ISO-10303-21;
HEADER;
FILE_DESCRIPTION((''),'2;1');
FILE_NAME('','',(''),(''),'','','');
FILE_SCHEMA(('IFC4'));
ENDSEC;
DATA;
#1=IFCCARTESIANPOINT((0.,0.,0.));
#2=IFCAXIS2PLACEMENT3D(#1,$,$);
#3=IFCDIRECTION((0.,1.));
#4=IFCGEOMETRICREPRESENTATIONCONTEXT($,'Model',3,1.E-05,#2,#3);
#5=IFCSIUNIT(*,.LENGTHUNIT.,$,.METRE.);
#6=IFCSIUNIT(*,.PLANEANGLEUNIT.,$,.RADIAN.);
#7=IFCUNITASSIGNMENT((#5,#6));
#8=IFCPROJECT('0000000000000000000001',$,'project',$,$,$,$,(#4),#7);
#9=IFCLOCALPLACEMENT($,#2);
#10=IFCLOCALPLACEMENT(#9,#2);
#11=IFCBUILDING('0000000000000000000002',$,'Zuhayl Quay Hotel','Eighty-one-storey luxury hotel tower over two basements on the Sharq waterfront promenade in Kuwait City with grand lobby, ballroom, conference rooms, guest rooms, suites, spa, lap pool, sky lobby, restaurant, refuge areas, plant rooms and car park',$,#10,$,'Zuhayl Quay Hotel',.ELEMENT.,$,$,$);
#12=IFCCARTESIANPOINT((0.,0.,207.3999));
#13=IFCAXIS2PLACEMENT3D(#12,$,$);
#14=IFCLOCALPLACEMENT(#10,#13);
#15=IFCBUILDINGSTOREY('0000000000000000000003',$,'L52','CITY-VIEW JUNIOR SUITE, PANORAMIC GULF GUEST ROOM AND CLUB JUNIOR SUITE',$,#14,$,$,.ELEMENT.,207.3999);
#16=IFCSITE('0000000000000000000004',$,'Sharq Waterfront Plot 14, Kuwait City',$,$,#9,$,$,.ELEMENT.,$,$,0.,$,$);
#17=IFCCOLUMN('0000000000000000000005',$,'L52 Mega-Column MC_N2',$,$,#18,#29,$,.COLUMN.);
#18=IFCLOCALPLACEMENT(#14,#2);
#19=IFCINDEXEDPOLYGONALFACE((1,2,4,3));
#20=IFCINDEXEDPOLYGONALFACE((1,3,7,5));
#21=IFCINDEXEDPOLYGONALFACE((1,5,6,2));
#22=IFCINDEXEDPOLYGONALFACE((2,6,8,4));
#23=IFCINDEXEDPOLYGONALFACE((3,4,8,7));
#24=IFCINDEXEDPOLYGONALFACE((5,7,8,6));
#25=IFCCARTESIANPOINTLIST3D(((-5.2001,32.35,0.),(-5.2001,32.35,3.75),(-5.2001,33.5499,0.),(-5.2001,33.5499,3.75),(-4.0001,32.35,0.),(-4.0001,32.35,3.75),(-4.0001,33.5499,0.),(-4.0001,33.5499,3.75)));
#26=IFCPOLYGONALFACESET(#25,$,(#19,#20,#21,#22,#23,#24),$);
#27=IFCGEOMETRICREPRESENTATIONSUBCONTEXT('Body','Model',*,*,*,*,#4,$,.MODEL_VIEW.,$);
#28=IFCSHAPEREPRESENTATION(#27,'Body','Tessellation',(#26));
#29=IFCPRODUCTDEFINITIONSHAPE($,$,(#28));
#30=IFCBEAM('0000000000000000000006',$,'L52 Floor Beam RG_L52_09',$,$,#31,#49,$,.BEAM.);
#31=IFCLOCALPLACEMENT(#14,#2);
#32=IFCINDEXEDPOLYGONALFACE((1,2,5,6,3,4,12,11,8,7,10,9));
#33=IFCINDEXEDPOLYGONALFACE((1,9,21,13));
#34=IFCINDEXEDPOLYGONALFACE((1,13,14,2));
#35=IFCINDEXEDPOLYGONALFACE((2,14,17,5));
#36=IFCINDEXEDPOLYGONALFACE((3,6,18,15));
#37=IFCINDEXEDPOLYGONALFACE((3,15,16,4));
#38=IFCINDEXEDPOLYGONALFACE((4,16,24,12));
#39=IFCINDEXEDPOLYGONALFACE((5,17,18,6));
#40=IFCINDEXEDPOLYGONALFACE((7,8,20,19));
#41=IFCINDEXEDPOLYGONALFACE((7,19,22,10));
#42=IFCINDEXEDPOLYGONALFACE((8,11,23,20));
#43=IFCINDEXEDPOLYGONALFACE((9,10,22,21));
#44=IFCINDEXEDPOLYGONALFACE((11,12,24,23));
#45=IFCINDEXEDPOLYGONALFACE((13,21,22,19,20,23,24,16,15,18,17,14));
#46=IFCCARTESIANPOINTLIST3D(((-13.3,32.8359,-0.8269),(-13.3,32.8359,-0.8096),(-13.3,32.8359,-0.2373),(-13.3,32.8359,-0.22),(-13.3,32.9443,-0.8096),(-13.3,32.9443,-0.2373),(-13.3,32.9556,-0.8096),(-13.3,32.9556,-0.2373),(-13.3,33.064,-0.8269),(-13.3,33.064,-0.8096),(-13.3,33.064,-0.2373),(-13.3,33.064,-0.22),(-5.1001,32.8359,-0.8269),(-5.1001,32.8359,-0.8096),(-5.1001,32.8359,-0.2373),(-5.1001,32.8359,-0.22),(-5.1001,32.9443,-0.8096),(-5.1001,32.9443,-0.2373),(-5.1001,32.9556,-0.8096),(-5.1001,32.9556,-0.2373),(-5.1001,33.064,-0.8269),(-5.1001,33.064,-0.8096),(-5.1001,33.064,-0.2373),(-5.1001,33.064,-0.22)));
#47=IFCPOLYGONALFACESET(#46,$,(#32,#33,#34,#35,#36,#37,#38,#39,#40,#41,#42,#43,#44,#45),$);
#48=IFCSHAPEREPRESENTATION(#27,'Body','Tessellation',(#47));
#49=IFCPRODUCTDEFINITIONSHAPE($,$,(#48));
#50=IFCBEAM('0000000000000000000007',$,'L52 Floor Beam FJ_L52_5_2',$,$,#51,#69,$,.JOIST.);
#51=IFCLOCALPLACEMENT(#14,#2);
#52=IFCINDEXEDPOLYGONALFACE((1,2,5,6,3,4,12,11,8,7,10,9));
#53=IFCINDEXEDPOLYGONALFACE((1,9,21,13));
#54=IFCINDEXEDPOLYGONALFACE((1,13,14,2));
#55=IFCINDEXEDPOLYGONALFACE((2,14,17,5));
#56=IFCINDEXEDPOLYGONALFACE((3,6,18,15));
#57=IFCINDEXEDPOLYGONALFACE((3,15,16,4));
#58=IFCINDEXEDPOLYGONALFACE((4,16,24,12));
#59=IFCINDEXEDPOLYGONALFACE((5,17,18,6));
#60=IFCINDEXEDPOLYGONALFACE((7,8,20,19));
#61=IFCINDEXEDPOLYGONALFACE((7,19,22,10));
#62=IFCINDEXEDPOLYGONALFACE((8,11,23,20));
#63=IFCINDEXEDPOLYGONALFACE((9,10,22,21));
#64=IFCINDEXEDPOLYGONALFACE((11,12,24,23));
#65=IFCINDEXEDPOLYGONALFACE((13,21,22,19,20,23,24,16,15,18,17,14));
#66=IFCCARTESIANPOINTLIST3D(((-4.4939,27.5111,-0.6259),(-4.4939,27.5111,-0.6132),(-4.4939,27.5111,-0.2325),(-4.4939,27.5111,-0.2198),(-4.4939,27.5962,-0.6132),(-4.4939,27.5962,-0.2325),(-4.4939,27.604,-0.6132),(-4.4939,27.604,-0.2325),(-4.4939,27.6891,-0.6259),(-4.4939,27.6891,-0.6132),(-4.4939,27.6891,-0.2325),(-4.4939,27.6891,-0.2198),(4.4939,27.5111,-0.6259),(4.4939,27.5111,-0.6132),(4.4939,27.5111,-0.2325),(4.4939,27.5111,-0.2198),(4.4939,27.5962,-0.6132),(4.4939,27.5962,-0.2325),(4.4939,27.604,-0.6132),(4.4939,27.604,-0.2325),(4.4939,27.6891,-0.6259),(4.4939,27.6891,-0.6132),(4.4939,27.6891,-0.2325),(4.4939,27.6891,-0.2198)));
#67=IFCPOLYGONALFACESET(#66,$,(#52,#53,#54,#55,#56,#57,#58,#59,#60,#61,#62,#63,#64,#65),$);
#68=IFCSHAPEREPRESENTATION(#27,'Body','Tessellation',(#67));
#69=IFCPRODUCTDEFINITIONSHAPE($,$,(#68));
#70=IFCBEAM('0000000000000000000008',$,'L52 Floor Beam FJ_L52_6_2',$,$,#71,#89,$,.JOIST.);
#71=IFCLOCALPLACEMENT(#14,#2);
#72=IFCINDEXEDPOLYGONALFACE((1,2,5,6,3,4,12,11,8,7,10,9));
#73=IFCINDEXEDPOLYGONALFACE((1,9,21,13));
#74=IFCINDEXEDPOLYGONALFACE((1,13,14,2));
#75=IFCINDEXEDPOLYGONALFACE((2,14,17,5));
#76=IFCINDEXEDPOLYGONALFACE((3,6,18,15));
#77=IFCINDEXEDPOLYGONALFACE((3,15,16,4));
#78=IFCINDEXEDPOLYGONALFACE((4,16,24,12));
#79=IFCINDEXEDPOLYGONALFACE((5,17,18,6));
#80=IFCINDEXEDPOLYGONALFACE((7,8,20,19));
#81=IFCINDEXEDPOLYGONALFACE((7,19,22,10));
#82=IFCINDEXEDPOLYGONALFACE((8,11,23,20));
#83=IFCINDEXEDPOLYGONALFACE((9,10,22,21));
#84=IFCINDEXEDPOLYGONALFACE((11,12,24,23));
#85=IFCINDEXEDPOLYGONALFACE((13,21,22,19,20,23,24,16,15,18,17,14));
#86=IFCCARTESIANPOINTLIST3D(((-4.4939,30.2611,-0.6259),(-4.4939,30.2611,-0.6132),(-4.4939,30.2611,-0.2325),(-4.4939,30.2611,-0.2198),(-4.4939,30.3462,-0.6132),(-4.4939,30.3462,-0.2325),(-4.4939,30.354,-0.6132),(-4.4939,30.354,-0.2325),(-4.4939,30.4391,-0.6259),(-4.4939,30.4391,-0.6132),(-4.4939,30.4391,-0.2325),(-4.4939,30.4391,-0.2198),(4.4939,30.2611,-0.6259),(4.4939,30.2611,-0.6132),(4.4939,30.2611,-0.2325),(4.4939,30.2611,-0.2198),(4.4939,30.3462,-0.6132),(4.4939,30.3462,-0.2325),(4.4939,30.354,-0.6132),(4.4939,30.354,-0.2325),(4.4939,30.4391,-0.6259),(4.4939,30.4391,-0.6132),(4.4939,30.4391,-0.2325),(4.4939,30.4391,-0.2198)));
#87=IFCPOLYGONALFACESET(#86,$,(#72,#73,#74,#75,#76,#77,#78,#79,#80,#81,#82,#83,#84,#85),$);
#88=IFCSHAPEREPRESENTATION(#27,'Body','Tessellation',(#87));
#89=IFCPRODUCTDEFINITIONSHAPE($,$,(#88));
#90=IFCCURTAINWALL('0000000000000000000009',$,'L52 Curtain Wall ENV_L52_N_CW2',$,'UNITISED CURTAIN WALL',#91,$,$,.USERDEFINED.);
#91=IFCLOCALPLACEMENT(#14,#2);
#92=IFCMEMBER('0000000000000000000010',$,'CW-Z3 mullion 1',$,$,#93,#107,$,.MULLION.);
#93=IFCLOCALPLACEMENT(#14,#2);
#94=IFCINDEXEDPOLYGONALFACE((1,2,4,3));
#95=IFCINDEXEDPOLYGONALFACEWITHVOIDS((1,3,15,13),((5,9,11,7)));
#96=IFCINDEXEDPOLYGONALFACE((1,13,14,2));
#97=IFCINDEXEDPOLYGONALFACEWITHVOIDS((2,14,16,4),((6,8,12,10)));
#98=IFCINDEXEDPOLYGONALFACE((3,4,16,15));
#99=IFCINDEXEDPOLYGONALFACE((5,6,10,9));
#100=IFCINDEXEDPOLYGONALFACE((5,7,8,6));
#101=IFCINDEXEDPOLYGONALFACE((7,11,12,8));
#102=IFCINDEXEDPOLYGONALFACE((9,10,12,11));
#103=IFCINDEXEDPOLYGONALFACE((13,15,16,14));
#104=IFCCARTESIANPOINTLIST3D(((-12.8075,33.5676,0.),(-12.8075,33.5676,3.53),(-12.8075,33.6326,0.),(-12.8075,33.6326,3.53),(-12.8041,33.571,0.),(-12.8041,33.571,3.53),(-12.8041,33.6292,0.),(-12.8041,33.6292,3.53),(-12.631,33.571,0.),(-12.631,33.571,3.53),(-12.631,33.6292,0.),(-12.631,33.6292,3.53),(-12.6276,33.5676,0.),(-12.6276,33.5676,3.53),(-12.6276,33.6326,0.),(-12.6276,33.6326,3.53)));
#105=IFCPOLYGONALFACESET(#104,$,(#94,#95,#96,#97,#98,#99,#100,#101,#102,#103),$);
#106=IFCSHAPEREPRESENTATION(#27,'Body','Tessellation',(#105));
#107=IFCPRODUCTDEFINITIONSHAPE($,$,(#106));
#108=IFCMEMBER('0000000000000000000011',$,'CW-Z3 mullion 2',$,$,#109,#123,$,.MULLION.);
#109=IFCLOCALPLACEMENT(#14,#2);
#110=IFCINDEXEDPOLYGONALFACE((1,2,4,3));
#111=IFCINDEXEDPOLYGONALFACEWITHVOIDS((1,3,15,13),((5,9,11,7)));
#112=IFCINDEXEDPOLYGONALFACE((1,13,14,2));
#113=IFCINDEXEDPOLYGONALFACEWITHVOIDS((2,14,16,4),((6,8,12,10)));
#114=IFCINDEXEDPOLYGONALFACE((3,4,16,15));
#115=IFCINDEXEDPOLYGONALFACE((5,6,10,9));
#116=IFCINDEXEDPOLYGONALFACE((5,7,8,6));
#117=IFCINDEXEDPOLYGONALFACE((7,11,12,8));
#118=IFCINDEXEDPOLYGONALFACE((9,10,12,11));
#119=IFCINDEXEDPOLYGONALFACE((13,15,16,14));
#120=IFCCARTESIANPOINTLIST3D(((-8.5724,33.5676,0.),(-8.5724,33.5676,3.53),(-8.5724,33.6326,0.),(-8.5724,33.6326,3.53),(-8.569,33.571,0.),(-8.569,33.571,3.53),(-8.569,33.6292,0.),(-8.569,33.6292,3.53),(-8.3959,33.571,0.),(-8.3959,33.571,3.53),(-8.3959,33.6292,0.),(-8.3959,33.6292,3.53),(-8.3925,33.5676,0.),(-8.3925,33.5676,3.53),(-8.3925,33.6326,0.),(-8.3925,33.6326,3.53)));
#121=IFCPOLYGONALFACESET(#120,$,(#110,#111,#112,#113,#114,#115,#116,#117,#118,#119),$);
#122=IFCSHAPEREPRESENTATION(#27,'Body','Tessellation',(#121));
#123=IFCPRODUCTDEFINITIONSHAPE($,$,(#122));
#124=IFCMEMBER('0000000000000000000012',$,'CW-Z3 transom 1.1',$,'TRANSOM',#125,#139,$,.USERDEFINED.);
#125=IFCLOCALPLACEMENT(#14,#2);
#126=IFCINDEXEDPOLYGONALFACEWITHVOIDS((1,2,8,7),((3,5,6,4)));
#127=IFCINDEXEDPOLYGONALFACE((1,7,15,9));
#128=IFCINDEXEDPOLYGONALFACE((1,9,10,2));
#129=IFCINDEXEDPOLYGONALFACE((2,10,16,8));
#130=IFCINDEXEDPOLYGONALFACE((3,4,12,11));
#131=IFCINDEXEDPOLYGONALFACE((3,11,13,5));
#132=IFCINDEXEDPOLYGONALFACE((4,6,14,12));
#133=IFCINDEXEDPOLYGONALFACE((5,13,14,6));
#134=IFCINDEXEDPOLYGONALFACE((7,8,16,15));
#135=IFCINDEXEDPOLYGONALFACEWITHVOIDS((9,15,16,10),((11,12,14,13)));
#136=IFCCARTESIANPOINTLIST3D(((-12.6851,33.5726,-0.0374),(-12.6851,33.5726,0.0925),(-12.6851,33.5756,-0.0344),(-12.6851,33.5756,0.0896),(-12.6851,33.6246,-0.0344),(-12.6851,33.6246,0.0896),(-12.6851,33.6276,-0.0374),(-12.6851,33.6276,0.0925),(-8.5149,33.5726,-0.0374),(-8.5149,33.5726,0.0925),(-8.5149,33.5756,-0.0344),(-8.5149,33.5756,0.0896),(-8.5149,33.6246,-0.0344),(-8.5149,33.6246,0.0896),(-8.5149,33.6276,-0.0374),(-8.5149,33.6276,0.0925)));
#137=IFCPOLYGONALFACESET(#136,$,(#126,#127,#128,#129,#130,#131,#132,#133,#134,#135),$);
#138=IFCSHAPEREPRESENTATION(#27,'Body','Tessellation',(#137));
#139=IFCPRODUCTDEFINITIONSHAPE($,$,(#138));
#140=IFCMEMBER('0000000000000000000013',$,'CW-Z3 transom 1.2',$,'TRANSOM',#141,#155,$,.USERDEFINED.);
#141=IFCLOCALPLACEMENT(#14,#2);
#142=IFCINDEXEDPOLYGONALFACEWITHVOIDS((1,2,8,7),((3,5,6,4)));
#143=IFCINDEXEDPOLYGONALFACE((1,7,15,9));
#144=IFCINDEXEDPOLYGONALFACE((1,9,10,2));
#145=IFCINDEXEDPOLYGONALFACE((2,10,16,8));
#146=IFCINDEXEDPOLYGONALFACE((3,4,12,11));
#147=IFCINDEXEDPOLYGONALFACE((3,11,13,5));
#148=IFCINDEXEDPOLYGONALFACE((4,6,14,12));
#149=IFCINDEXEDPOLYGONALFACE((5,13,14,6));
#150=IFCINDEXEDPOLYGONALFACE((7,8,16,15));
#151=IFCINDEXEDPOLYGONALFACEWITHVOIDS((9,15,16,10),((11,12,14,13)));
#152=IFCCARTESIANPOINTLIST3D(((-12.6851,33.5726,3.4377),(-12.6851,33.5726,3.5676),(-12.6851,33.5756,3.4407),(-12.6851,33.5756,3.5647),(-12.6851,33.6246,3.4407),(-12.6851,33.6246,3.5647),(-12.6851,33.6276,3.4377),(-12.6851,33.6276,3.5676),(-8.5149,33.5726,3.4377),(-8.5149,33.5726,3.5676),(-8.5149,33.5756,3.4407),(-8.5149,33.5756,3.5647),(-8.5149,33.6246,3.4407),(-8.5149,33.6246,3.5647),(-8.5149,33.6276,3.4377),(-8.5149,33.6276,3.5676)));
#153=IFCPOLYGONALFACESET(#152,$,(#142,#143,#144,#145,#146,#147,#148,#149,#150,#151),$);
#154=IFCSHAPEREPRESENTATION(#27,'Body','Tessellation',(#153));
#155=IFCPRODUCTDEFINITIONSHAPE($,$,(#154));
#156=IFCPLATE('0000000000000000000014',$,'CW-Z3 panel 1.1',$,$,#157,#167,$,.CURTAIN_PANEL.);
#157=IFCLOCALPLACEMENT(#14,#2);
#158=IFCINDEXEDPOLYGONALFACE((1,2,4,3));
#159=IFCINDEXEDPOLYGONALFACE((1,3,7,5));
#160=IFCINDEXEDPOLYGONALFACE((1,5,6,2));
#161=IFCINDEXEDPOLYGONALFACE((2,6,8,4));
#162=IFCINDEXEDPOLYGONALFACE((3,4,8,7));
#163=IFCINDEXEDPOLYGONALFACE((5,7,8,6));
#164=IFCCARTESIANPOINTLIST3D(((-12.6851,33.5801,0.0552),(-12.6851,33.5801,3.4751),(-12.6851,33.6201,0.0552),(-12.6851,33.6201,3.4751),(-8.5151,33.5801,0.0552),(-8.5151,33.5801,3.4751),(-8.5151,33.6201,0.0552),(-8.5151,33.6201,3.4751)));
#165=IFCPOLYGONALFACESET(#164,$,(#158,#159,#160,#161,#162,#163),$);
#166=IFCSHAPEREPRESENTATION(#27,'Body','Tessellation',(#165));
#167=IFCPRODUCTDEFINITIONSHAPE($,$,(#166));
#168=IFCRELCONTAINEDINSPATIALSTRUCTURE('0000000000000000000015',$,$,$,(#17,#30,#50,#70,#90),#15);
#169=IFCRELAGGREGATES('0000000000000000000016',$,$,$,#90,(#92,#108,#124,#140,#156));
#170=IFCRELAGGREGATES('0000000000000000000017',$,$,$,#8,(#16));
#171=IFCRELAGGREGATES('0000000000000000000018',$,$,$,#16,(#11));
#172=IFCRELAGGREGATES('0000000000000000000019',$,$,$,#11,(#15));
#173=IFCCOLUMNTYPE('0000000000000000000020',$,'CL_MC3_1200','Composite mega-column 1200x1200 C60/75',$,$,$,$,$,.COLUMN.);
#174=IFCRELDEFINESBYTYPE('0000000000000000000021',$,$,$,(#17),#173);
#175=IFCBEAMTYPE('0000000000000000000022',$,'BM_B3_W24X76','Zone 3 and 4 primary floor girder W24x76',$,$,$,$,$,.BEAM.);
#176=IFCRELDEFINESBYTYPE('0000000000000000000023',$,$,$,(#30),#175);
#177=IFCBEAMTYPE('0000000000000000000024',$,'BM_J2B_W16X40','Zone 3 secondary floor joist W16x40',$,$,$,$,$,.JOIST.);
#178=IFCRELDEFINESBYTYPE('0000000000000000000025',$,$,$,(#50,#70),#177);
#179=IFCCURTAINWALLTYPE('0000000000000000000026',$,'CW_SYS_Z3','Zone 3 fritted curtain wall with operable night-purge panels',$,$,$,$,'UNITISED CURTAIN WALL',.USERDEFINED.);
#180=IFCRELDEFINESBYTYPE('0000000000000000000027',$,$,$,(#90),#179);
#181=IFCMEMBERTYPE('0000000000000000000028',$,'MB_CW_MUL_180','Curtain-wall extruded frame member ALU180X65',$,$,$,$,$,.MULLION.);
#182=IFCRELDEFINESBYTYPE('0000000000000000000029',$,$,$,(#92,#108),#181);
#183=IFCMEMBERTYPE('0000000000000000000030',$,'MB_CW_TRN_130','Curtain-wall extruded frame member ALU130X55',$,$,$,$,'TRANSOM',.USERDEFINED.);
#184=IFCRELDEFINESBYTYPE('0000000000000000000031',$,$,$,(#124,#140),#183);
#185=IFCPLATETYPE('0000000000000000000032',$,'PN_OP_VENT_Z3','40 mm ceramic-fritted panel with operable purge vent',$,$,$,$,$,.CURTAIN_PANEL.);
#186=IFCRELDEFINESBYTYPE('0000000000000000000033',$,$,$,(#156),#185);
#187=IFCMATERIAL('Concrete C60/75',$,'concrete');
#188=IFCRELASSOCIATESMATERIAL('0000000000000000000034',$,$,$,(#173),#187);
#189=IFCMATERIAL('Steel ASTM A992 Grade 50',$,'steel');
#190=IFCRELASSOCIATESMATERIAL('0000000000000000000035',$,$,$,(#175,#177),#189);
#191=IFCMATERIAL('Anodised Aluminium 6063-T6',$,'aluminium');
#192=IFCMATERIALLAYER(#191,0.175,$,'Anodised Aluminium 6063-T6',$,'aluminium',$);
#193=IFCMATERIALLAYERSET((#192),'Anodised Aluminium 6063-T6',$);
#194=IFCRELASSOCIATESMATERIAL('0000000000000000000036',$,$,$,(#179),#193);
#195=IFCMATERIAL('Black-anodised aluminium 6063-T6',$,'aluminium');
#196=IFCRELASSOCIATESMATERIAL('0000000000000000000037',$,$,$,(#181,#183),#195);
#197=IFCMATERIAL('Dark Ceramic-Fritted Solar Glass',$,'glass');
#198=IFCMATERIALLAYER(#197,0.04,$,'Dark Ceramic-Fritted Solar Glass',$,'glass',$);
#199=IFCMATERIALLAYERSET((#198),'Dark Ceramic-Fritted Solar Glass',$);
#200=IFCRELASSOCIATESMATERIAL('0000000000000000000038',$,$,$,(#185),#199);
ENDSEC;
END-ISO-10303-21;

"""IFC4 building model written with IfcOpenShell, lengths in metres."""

from ifc_helpers import new_model, si_unit, direction, frame, origin, origin_2d, place, context, subcontext, project, spatial, rectangle, hollow_rectangle, i_section, extrude, material, layer, layer_set, material_profile, profile_set, type_object, element, aggregate, save


model = new_model("IFC4")

# Units and contexts
model_context = context("Model", 3, precision=1e-05, world=origin(), true_north=direction((0.0, 1.0)))
body_context = subcontext(model_context, "Body", "Model", "MODEL_VIEW")
ifc_project = project(units=[si_unit("LENGTHUNIT", "METRE"), si_unit("PLANEANGLEUNIT", "RADIAN")], contexts=[model_context])

# Site, building, storey
site_placement = place(None, origin())
site = spatial("IfcSite", under=ifc_project, at=site_placement, Name="Sharq Waterfront Plot 14, Kuwait City", CompositionType="ELEMENT", RefElevation=0.0)
building_placement = place(site_placement, origin())
building = spatial("IfcBuilding", under=site, at=building_placement, Name="Zuhayl Quay Hotel", Description="Eighty-one-storey luxury hotel tower over two basements on the Sharq waterfront promenade in Kuwait City with grand lobby, ballroom, conference rooms, guest rooms, suites, spa, lap pool, sky lobby, restaurant, refuge areas, plant rooms and car park", LongName="Zuhayl Quay Hotel", CompositionType="ELEMENT")
storey_placement = place(building_placement, frame((0.0, 0.0, 207.3999)))
storey = spatial("IfcBuildingStorey", under=building, at=storey_placement, Name="L52", Description="CITY-VIEW JUNIOR SUITE, PANORAMIC GULF GUEST ROOM AND CLUB JUNIOR SUITE", CompositionType="ELEMENT", Elevation=207.3999)

# Column
ifc_material_1 = material(Name="Concrete C60/75", Category="concrete")
ifc_material_profile_1 = material_profile(ifc_material_1, rectangle(XDim=1.2, YDim=1.2, at=origin_2d()), Name="RC1200X1200")
ifc_profile_set_1 = profile_set([ifc_material_profile_1], Name="Concrete C60/75")
column_type = type_object("IfcColumnType", Name="CL_MC3_1200", Description="Composite mega-column 1200x1200 C60/75", PredefinedType="COLUMN", material=ifc_profile_set_1)
column_placement = place(storey_placement, frame((-4.6001, 32.95, 0.0), z_axis=(0.0, 0.0, 1.0), x_axis=(1.0, 0.0, 0.0)))
element("IfcColumn", 1, at=column_placement, inside=storey, type_object=column_type, Name="L52 Mega-Column MC_N2", PredefinedType="COLUMN", context=body_context, shape_type="SweptSolid", body=[
    extrude(rectangle(XDim=1.2, YDim=1.2, at=origin_2d()), origin(), (0.0, 0.0, 1.0), 3.75),
])

# Beams
ifc_material_2 = material(Name="Steel ASTM A992 Grade 50", Category="steel")
ifc_material_profile_2 = material_profile(ifc_material_2, i_section(OverallWidth=0.228, OverallDepth=0.6069, WebThickness=0.0112, FlangeThickness=0.0173, at=origin_2d()), Name="W24X76")
ifc_profile_set_2 = profile_set([ifc_material_profile_2], Name="Steel ASTM A992 Grade 50")
beam_type_1 = type_object("IfcBeamType", Name="BM_B3_W24X76", Description="Zone 3 and 4 primary floor girder W24x76", PredefinedType="BEAM", material=ifc_profile_set_2)
beam_placement = place(storey_placement, frame((-5.1001, 32.95, -0.5234), z_axis=(-1.0, 0.0, 0.0), x_axis=(0.0, -1.0, 0.0)))
element("IfcBeam", 2, at=beam_placement, inside=storey, type_object=beam_type_1, Name="L52 Floor Beam RG_L52_09", PredefinedType="BEAM", context=body_context, shape_type="SweptSolid", body=[
    extrude(i_section(OverallWidth=0.228, OverallDepth=0.6069, WebThickness=0.0112, FlangeThickness=0.0173, at=origin_2d()), origin(), (0.0, 0.0, 1.0), 8.2),
])
ifc_material_profile_3 = material_profile(ifc_material_2, i_section(OverallWidth=0.178, OverallDepth=0.406, WebThickness=0.0078, FlangeThickness=0.0127, at=origin_2d()), Name="W16X40")
ifc_profile_set_3 = profile_set([ifc_material_profile_3], Name="Steel ASTM A992 Grade 50")
beam_type_2 = type_object("IfcBeamType", Name="BM_J2B_W16X40", Description="Zone 3 secondary floor joist W16x40", PredefinedType="JOIST", material=ifc_profile_set_3)
for number, where, z_axis, x_axis, name in (
    (3, (-4.4939, 27.6001, -0.4229), (1.0, 0.0, 0.0), (0.0, 1.0, 0.0), "L52 Floor Beam FJ_L52_5_2"),
    (4, (-4.4939, 30.3501, -0.4229), (1.0, 0.0, 0.0), (0.0, 1.0, 0.0), "L52 Floor Beam FJ_L52_6_2"),
):
    element("IfcBeam", number, at=place(storey_placement, frame(where, z_axis=z_axis, x_axis=x_axis)), inside=storey, type_object=beam_type_2, Name=name, PredefinedType="JOIST", context=body_context, shape_type="SweptSolid", body=[
        extrude(i_section(OverallWidth=0.178, OverallDepth=0.406, WebThickness=0.0078, FlangeThickness=0.0127, at=origin_2d()), origin(), (0.0, 0.0, 1.0), 8.9878),
    ])

# Curtain wall, members, plate
ifc_material_3 = material(Name="Anodised Aluminium 6063-T6", Category="aluminium")
ifc_layer_1 = layer(ifc_material_3, 0.175, Name="Anodised Aluminium 6063-T6", Category="aluminium")
ifc_layer_set_1 = layer_set([ifc_layer_1], Name="Anodised Aluminium 6063-T6")
curtain_wall_type = type_object("IfcCurtainWallType", Name="CW_SYS_Z3", Description="Zone 3 fritted curtain wall with operable night-purge panels", ElementType="UNITISED CURTAIN WALL", PredefinedType="USERDEFINED", material=ifc_layer_set_1)
curtain_wall_placement = place(storey_placement, origin())
curtain_wall = element("IfcCurtainWall", 5, at=curtain_wall_placement, inside=storey, type_object=curtain_wall_type, Name="L52 Curtain Wall ENV_L52_N_CW2", ObjectType="UNITISED CURTAIN WALL", PredefinedType="USERDEFINED")
ifc_material_4 = material(Name="Black-anodised aluminium 6063-T6", Category="aluminium")
ifc_material_profile_4 = material_profile(ifc_material_4, hollow_rectangle(XDim=0.0649, YDim=0.1799, WallThickness=0.0034, at=origin_2d()), Name="ALU180X65")
ifc_profile_set_4 = profile_set([ifc_material_profile_4], Name="Black-anodised aluminium 6063-T6")
member_type_1 = type_object("IfcMemberType", Name="MB_CW_MUL_180", Description="Curtain-wall extruded frame member ALU180X65", PredefinedType="MULLION", material=ifc_profile_set_4)
member_1_placement = place(storey_placement, frame((-12.7175, 33.6001, 0.0), z_axis=(0.0, 0.0, 1.0), x_axis=(0.0, 1.0, 0.0)))
member_1 = element("IfcMember", 6, at=member_1_placement, type_object=member_type_1, Name="CW-Z3 mullion 1", PredefinedType="MULLION", context=body_context, shape_type="SweptSolid", body=[
    extrude(hollow_rectangle(XDim=0.0649, YDim=0.1799, WallThickness=0.0034, at=origin_2d()), origin(), (0.0, 0.0, 1.0), 3.53),
])
member_2_placement = place(storey_placement, frame((-8.4824, 33.6001, 0.0), z_axis=(0.0, 0.0, 1.0), x_axis=(0.0, 1.0, 0.0)))
member_2 = element("IfcMember", 7, at=member_2_placement, type_object=member_type_1, Name="CW-Z3 mullion 2", PredefinedType="MULLION", context=body_context, shape_type="SweptSolid", body=[
    extrude(hollow_rectangle(XDim=0.0649, YDim=0.1799, WallThickness=0.0034, at=origin_2d()), origin(), (0.0, 0.0, 1.0), 3.53),
])
ifc_material_profile_5 = material_profile(ifc_material_4, hollow_rectangle(XDim=0.0549, YDim=0.1299, WallThickness=0.0029, at=origin_2d()), Name="ALU130X55")
ifc_profile_set_5 = profile_set([ifc_material_profile_5], Name="Black-anodised aluminium 6063-T6")
member_type_2 = type_object("IfcMemberType", Name="MB_CW_TRN_130", Description="Curtain-wall extruded frame member ALU130X55", ElementType="TRANSOM", PredefinedType="USERDEFINED", material=ifc_profile_set_5)
member_3_placement = place(storey_placement, frame((-12.6851, 33.6001, 0.0276), z_axis=(1.0, 0.0, 0.0), x_axis=(0.0, 1.0, 0.0)))
member_3 = element("IfcMember", 8, at=member_3_placement, type_object=member_type_2, Name="CW-Z3 transom 1.1", ObjectType="TRANSOM", PredefinedType="USERDEFINED", context=body_context, shape_type="SweptSolid", body=[
    extrude(hollow_rectangle(XDim=0.0549, YDim=0.1299, WallThickness=0.0029, at=origin_2d()), origin(), (0.0, 0.0, 1.0), 4.1702),
])
member_4_placement = place(storey_placement, frame((-12.6851, 33.6001, 3.5027), z_axis=(1.0, 0.0, 0.0), x_axis=(0.0, 1.0, 0.0)))
member_4 = element("IfcMember", 9, at=member_4_placement, type_object=member_type_2, Name="CW-Z3 transom 1.2", ObjectType="TRANSOM", PredefinedType="USERDEFINED", context=body_context, shape_type="SweptSolid", body=[
    extrude(hollow_rectangle(XDim=0.0549, YDim=0.1299, WallThickness=0.0029, at=origin_2d()), origin(), (0.0, 0.0, 1.0), 4.1702),
])
ifc_material_5 = material(Name="Dark Ceramic-Fritted Solar Glass", Category="glass")
ifc_layer_2 = layer(ifc_material_5, 0.04, Name="Dark Ceramic-Fritted Solar Glass", Category="glass")
ifc_layer_set_2 = layer_set([ifc_layer_2], Name="Dark Ceramic-Fritted Solar Glass")
plate_type = type_object("IfcPlateType", Name="PN_OP_VENT_Z3", Description="40 mm ceramic-fritted panel with operable purge vent", PredefinedType="CURTAIN_PANEL", material=ifc_layer_set_2)
plate_placement = place(storey_placement, frame((-10.6001, 33.6001, 0.0552), z_axis=(0.0, 0.0, 1.0), x_axis=(1.0, 0.0, 0.0)))
plate = element("IfcPlate", 10, at=plate_placement, type_object=plate_type, Name="CW-Z3 panel 1.1", PredefinedType="CURTAIN_PANEL", context=body_context, shape_type="SweptSolid", body=[
    extrude(rectangle(XDim=4.1699, YDim=0.04, at=origin_2d()), origin(), (0.0, 0.0, 1.0), 3.4199),
])
aggregate(curtain_wall, [member_1, member_2, member_3, member_4, plate])

save(model, "model.ifc")
